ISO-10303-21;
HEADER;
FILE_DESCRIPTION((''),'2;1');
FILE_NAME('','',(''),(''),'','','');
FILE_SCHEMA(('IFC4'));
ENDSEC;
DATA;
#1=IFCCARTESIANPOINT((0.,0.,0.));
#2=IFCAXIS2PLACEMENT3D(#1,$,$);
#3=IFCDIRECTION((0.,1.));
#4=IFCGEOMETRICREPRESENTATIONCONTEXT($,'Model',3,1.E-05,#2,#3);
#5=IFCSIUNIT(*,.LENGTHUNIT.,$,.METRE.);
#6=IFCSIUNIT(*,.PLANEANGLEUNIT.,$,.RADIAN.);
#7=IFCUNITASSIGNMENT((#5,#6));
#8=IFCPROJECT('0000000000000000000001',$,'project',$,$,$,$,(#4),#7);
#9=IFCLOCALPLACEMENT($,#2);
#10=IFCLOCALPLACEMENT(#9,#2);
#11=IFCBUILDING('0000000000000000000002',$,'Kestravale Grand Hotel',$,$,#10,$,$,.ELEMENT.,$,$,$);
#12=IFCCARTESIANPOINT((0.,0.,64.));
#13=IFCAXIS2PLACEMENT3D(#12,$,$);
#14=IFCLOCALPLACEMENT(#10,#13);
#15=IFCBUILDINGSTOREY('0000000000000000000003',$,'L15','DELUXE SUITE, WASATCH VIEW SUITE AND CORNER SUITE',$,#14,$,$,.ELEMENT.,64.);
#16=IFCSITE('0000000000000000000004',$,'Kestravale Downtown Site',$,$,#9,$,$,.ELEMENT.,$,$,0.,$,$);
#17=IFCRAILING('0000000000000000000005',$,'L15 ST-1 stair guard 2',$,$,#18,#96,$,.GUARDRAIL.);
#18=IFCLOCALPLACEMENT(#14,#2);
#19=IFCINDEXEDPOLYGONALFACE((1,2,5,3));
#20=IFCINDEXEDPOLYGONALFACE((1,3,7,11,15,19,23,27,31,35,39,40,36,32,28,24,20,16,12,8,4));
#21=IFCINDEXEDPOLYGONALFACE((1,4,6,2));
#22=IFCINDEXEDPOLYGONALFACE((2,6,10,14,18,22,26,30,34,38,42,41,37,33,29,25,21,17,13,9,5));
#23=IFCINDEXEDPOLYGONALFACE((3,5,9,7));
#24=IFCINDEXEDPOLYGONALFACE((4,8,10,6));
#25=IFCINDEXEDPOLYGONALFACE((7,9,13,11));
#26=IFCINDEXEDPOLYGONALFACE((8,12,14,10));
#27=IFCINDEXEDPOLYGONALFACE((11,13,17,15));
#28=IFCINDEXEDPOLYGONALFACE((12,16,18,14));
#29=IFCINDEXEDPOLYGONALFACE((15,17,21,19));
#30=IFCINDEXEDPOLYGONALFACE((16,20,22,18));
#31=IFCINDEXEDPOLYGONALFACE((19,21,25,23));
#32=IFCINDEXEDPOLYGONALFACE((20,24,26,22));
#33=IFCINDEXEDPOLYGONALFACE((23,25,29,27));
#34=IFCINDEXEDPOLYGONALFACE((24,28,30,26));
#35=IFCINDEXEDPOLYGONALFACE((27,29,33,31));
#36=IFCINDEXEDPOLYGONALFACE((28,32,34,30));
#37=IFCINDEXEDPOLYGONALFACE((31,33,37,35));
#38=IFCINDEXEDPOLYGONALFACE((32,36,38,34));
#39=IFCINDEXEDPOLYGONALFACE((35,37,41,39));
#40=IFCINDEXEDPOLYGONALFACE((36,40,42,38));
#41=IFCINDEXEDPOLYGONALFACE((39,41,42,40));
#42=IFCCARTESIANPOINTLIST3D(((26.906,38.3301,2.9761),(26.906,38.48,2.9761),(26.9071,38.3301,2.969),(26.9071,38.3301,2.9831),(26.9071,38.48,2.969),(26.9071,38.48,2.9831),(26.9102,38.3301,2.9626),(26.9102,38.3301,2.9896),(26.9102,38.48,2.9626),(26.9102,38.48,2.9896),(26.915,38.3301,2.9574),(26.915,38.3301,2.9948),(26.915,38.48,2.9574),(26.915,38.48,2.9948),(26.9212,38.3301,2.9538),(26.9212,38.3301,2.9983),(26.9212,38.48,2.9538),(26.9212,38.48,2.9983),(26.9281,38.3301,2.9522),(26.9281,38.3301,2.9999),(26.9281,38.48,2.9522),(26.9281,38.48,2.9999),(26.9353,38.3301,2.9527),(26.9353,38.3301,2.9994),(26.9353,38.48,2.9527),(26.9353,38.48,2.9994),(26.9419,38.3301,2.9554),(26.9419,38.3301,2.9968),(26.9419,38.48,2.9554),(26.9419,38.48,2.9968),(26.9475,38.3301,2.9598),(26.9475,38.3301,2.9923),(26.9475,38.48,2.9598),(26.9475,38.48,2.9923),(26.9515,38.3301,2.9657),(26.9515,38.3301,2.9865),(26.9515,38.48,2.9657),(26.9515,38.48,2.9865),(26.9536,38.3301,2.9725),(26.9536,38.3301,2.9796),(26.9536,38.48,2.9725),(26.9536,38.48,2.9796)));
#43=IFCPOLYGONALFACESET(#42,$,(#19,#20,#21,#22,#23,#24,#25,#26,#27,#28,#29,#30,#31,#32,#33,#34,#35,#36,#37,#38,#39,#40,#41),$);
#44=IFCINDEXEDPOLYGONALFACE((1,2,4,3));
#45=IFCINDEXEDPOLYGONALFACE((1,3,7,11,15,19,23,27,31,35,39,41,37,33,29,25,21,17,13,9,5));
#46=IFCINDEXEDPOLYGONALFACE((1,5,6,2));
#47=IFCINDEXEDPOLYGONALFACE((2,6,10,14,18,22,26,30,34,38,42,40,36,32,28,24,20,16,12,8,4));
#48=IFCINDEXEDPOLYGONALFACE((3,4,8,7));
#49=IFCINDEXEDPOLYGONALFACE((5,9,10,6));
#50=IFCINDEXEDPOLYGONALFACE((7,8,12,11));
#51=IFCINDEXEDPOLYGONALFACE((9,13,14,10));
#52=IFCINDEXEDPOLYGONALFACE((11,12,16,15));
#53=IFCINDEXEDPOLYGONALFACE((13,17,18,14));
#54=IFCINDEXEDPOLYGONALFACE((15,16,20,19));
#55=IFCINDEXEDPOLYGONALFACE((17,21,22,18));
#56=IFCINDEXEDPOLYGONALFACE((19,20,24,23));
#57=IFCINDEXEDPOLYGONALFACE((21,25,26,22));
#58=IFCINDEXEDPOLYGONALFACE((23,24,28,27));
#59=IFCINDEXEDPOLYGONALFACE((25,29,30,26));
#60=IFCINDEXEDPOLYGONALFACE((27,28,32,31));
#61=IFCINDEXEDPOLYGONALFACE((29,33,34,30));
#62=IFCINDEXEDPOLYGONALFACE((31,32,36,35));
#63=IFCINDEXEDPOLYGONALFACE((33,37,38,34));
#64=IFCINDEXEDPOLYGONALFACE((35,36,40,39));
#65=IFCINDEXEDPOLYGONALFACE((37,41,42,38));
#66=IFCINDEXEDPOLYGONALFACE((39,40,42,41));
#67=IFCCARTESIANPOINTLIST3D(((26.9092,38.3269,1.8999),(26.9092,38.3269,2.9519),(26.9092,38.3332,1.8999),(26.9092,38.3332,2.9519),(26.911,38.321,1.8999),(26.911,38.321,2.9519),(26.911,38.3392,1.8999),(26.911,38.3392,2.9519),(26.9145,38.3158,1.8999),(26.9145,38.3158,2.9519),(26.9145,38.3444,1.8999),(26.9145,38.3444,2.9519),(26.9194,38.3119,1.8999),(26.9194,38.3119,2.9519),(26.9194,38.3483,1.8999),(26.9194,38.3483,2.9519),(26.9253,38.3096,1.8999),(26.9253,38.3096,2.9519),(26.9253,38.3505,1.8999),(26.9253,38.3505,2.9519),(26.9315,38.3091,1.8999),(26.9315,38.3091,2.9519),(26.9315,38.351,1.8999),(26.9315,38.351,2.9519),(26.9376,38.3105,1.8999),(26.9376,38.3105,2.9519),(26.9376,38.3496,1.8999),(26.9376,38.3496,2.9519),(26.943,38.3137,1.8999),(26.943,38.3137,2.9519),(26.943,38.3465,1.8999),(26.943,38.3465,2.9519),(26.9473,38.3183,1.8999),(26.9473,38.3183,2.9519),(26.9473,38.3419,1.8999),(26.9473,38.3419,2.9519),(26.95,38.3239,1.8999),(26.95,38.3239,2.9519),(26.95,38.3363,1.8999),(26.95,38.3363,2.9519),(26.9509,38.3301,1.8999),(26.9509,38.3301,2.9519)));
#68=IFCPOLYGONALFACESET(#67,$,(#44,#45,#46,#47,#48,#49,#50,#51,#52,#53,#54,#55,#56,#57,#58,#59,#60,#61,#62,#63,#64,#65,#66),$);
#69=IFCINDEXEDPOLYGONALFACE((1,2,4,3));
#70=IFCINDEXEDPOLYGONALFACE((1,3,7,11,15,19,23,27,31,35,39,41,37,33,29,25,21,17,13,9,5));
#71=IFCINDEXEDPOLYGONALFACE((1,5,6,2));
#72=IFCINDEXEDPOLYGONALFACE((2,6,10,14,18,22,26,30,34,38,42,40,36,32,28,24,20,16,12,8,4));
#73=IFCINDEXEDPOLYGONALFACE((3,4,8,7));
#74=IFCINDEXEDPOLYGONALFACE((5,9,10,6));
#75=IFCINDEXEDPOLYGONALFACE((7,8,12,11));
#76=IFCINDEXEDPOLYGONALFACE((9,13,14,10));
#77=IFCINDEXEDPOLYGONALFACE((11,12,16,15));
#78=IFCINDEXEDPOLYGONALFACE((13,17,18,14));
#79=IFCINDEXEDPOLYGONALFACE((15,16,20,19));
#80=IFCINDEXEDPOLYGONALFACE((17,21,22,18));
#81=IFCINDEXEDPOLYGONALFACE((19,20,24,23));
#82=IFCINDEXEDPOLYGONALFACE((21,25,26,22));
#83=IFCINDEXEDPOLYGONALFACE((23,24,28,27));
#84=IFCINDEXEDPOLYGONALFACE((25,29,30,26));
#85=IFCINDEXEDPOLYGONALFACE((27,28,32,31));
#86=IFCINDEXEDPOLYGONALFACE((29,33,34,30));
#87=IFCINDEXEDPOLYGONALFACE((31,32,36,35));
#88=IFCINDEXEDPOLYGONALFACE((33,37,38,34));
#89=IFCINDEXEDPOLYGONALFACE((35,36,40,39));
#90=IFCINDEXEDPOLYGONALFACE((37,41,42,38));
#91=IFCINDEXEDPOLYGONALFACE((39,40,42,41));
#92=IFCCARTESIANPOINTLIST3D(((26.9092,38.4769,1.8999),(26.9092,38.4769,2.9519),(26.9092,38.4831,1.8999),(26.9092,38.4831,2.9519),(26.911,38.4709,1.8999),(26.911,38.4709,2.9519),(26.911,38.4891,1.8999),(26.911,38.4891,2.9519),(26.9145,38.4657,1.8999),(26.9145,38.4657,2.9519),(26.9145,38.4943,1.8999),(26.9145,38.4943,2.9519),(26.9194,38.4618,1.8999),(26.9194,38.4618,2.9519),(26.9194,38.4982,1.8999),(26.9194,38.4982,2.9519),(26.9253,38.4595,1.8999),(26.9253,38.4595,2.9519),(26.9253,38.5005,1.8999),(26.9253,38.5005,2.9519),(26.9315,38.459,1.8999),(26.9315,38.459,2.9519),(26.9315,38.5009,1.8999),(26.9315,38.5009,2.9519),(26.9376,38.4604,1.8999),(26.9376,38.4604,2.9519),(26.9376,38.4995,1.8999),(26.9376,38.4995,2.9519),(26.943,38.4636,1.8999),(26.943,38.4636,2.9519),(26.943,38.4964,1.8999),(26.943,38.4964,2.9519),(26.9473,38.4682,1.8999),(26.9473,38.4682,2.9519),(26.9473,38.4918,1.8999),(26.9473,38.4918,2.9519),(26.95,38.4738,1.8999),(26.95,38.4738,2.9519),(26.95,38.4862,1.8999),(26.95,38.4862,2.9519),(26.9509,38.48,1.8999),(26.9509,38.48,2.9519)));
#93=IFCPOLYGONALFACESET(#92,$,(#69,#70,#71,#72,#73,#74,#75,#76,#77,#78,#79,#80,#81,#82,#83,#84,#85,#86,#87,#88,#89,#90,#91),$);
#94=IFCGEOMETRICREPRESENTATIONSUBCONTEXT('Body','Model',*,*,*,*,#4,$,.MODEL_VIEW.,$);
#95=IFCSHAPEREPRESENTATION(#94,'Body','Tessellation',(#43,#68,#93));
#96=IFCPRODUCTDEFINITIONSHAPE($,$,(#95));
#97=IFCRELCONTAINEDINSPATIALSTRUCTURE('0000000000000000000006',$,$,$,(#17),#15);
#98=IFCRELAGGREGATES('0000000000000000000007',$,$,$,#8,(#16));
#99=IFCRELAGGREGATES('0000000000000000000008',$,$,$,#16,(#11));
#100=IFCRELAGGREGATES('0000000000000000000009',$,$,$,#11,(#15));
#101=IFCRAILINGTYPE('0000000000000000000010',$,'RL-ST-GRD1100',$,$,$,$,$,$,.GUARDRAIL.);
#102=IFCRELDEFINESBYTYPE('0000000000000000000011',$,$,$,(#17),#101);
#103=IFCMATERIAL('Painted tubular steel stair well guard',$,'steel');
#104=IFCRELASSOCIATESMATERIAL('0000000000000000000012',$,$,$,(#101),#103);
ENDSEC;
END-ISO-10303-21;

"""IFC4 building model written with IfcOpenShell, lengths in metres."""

from ifc_helpers import new_model, si_unit, direction, frame, origin, origin_2d, place, context, subcontext, project, spatial, circle, extrude, material, type_object, element, save


model = new_model("IFC4")

# Units and contexts
model_context = context("Model", 3, precision=1e-05, world=origin(), true_north=direction((0.0, 1.0)))
body_context = subcontext(model_context, "Body", "Model", "MODEL_VIEW")
ifc_project = project(units=[si_unit("LENGTHUNIT", "METRE"), si_unit("PLANEANGLEUNIT", "RADIAN")], contexts=[model_context])

# Site, building, storey
site_placement = place(None, origin())
site = spatial("IfcSite", under=ifc_project, at=site_placement, Name="Kestravale Downtown Site", CompositionType="ELEMENT", RefElevation=0.0)
building_placement = place(site_placement, origin())
building = spatial("IfcBuilding", under=site, at=building_placement, Name="Kestravale Grand Hotel", CompositionType="ELEMENT")
storey_placement = place(building_placement, frame((0.0, 0.0, 64.0)))
storey = spatial("IfcBuildingStorey", under=building, at=storey_placement, Name="L15", Description="DELUXE SUITE, WASATCH VIEW SUITE AND CORNER SUITE", CompositionType="ELEMENT", Elevation=64.0)

# Railing
ifc_material_1 = material(Name="Painted tubular steel stair well guard", Category="steel")
railing_type_1 = type_object("IfcRailingType", Name="RL-ST-GRD1100", PredefinedType="GUARDRAIL", material=ifc_material_1)
railing_1_placement = place(storey_placement, frame((26.9299, 38.3301, 1.8999)))
element("IfcRailing", 1, at=railing_1_placement, inside=storey, type_object=railing_type_1, Name="L15 ST-1 stair guard 2", PredefinedType="GUARDRAIL", context=body_context, shape_type="SweptSolid", body=[
    extrude(circle(Radius=0.0239, at=origin_2d()), frame((0.0, 0.0, 1.0762), z_axis=(0.0, 1.0, 0.0), x_axis=(-1.0, 0.0, 0.0)), (0.0, 0.0, 1.0), 0.1499),
    extrude(circle(Radius=0.021, at=origin_2d()), origin(), (0.0, 0.0, 1.0), 1.052),
    extrude(circle(Radius=0.021, at=origin_2d()), frame((0.0, 0.1499, 0.0)), (0.0, 0.0, 1.0), 1.052),
])

save(model, "model.ifc")
